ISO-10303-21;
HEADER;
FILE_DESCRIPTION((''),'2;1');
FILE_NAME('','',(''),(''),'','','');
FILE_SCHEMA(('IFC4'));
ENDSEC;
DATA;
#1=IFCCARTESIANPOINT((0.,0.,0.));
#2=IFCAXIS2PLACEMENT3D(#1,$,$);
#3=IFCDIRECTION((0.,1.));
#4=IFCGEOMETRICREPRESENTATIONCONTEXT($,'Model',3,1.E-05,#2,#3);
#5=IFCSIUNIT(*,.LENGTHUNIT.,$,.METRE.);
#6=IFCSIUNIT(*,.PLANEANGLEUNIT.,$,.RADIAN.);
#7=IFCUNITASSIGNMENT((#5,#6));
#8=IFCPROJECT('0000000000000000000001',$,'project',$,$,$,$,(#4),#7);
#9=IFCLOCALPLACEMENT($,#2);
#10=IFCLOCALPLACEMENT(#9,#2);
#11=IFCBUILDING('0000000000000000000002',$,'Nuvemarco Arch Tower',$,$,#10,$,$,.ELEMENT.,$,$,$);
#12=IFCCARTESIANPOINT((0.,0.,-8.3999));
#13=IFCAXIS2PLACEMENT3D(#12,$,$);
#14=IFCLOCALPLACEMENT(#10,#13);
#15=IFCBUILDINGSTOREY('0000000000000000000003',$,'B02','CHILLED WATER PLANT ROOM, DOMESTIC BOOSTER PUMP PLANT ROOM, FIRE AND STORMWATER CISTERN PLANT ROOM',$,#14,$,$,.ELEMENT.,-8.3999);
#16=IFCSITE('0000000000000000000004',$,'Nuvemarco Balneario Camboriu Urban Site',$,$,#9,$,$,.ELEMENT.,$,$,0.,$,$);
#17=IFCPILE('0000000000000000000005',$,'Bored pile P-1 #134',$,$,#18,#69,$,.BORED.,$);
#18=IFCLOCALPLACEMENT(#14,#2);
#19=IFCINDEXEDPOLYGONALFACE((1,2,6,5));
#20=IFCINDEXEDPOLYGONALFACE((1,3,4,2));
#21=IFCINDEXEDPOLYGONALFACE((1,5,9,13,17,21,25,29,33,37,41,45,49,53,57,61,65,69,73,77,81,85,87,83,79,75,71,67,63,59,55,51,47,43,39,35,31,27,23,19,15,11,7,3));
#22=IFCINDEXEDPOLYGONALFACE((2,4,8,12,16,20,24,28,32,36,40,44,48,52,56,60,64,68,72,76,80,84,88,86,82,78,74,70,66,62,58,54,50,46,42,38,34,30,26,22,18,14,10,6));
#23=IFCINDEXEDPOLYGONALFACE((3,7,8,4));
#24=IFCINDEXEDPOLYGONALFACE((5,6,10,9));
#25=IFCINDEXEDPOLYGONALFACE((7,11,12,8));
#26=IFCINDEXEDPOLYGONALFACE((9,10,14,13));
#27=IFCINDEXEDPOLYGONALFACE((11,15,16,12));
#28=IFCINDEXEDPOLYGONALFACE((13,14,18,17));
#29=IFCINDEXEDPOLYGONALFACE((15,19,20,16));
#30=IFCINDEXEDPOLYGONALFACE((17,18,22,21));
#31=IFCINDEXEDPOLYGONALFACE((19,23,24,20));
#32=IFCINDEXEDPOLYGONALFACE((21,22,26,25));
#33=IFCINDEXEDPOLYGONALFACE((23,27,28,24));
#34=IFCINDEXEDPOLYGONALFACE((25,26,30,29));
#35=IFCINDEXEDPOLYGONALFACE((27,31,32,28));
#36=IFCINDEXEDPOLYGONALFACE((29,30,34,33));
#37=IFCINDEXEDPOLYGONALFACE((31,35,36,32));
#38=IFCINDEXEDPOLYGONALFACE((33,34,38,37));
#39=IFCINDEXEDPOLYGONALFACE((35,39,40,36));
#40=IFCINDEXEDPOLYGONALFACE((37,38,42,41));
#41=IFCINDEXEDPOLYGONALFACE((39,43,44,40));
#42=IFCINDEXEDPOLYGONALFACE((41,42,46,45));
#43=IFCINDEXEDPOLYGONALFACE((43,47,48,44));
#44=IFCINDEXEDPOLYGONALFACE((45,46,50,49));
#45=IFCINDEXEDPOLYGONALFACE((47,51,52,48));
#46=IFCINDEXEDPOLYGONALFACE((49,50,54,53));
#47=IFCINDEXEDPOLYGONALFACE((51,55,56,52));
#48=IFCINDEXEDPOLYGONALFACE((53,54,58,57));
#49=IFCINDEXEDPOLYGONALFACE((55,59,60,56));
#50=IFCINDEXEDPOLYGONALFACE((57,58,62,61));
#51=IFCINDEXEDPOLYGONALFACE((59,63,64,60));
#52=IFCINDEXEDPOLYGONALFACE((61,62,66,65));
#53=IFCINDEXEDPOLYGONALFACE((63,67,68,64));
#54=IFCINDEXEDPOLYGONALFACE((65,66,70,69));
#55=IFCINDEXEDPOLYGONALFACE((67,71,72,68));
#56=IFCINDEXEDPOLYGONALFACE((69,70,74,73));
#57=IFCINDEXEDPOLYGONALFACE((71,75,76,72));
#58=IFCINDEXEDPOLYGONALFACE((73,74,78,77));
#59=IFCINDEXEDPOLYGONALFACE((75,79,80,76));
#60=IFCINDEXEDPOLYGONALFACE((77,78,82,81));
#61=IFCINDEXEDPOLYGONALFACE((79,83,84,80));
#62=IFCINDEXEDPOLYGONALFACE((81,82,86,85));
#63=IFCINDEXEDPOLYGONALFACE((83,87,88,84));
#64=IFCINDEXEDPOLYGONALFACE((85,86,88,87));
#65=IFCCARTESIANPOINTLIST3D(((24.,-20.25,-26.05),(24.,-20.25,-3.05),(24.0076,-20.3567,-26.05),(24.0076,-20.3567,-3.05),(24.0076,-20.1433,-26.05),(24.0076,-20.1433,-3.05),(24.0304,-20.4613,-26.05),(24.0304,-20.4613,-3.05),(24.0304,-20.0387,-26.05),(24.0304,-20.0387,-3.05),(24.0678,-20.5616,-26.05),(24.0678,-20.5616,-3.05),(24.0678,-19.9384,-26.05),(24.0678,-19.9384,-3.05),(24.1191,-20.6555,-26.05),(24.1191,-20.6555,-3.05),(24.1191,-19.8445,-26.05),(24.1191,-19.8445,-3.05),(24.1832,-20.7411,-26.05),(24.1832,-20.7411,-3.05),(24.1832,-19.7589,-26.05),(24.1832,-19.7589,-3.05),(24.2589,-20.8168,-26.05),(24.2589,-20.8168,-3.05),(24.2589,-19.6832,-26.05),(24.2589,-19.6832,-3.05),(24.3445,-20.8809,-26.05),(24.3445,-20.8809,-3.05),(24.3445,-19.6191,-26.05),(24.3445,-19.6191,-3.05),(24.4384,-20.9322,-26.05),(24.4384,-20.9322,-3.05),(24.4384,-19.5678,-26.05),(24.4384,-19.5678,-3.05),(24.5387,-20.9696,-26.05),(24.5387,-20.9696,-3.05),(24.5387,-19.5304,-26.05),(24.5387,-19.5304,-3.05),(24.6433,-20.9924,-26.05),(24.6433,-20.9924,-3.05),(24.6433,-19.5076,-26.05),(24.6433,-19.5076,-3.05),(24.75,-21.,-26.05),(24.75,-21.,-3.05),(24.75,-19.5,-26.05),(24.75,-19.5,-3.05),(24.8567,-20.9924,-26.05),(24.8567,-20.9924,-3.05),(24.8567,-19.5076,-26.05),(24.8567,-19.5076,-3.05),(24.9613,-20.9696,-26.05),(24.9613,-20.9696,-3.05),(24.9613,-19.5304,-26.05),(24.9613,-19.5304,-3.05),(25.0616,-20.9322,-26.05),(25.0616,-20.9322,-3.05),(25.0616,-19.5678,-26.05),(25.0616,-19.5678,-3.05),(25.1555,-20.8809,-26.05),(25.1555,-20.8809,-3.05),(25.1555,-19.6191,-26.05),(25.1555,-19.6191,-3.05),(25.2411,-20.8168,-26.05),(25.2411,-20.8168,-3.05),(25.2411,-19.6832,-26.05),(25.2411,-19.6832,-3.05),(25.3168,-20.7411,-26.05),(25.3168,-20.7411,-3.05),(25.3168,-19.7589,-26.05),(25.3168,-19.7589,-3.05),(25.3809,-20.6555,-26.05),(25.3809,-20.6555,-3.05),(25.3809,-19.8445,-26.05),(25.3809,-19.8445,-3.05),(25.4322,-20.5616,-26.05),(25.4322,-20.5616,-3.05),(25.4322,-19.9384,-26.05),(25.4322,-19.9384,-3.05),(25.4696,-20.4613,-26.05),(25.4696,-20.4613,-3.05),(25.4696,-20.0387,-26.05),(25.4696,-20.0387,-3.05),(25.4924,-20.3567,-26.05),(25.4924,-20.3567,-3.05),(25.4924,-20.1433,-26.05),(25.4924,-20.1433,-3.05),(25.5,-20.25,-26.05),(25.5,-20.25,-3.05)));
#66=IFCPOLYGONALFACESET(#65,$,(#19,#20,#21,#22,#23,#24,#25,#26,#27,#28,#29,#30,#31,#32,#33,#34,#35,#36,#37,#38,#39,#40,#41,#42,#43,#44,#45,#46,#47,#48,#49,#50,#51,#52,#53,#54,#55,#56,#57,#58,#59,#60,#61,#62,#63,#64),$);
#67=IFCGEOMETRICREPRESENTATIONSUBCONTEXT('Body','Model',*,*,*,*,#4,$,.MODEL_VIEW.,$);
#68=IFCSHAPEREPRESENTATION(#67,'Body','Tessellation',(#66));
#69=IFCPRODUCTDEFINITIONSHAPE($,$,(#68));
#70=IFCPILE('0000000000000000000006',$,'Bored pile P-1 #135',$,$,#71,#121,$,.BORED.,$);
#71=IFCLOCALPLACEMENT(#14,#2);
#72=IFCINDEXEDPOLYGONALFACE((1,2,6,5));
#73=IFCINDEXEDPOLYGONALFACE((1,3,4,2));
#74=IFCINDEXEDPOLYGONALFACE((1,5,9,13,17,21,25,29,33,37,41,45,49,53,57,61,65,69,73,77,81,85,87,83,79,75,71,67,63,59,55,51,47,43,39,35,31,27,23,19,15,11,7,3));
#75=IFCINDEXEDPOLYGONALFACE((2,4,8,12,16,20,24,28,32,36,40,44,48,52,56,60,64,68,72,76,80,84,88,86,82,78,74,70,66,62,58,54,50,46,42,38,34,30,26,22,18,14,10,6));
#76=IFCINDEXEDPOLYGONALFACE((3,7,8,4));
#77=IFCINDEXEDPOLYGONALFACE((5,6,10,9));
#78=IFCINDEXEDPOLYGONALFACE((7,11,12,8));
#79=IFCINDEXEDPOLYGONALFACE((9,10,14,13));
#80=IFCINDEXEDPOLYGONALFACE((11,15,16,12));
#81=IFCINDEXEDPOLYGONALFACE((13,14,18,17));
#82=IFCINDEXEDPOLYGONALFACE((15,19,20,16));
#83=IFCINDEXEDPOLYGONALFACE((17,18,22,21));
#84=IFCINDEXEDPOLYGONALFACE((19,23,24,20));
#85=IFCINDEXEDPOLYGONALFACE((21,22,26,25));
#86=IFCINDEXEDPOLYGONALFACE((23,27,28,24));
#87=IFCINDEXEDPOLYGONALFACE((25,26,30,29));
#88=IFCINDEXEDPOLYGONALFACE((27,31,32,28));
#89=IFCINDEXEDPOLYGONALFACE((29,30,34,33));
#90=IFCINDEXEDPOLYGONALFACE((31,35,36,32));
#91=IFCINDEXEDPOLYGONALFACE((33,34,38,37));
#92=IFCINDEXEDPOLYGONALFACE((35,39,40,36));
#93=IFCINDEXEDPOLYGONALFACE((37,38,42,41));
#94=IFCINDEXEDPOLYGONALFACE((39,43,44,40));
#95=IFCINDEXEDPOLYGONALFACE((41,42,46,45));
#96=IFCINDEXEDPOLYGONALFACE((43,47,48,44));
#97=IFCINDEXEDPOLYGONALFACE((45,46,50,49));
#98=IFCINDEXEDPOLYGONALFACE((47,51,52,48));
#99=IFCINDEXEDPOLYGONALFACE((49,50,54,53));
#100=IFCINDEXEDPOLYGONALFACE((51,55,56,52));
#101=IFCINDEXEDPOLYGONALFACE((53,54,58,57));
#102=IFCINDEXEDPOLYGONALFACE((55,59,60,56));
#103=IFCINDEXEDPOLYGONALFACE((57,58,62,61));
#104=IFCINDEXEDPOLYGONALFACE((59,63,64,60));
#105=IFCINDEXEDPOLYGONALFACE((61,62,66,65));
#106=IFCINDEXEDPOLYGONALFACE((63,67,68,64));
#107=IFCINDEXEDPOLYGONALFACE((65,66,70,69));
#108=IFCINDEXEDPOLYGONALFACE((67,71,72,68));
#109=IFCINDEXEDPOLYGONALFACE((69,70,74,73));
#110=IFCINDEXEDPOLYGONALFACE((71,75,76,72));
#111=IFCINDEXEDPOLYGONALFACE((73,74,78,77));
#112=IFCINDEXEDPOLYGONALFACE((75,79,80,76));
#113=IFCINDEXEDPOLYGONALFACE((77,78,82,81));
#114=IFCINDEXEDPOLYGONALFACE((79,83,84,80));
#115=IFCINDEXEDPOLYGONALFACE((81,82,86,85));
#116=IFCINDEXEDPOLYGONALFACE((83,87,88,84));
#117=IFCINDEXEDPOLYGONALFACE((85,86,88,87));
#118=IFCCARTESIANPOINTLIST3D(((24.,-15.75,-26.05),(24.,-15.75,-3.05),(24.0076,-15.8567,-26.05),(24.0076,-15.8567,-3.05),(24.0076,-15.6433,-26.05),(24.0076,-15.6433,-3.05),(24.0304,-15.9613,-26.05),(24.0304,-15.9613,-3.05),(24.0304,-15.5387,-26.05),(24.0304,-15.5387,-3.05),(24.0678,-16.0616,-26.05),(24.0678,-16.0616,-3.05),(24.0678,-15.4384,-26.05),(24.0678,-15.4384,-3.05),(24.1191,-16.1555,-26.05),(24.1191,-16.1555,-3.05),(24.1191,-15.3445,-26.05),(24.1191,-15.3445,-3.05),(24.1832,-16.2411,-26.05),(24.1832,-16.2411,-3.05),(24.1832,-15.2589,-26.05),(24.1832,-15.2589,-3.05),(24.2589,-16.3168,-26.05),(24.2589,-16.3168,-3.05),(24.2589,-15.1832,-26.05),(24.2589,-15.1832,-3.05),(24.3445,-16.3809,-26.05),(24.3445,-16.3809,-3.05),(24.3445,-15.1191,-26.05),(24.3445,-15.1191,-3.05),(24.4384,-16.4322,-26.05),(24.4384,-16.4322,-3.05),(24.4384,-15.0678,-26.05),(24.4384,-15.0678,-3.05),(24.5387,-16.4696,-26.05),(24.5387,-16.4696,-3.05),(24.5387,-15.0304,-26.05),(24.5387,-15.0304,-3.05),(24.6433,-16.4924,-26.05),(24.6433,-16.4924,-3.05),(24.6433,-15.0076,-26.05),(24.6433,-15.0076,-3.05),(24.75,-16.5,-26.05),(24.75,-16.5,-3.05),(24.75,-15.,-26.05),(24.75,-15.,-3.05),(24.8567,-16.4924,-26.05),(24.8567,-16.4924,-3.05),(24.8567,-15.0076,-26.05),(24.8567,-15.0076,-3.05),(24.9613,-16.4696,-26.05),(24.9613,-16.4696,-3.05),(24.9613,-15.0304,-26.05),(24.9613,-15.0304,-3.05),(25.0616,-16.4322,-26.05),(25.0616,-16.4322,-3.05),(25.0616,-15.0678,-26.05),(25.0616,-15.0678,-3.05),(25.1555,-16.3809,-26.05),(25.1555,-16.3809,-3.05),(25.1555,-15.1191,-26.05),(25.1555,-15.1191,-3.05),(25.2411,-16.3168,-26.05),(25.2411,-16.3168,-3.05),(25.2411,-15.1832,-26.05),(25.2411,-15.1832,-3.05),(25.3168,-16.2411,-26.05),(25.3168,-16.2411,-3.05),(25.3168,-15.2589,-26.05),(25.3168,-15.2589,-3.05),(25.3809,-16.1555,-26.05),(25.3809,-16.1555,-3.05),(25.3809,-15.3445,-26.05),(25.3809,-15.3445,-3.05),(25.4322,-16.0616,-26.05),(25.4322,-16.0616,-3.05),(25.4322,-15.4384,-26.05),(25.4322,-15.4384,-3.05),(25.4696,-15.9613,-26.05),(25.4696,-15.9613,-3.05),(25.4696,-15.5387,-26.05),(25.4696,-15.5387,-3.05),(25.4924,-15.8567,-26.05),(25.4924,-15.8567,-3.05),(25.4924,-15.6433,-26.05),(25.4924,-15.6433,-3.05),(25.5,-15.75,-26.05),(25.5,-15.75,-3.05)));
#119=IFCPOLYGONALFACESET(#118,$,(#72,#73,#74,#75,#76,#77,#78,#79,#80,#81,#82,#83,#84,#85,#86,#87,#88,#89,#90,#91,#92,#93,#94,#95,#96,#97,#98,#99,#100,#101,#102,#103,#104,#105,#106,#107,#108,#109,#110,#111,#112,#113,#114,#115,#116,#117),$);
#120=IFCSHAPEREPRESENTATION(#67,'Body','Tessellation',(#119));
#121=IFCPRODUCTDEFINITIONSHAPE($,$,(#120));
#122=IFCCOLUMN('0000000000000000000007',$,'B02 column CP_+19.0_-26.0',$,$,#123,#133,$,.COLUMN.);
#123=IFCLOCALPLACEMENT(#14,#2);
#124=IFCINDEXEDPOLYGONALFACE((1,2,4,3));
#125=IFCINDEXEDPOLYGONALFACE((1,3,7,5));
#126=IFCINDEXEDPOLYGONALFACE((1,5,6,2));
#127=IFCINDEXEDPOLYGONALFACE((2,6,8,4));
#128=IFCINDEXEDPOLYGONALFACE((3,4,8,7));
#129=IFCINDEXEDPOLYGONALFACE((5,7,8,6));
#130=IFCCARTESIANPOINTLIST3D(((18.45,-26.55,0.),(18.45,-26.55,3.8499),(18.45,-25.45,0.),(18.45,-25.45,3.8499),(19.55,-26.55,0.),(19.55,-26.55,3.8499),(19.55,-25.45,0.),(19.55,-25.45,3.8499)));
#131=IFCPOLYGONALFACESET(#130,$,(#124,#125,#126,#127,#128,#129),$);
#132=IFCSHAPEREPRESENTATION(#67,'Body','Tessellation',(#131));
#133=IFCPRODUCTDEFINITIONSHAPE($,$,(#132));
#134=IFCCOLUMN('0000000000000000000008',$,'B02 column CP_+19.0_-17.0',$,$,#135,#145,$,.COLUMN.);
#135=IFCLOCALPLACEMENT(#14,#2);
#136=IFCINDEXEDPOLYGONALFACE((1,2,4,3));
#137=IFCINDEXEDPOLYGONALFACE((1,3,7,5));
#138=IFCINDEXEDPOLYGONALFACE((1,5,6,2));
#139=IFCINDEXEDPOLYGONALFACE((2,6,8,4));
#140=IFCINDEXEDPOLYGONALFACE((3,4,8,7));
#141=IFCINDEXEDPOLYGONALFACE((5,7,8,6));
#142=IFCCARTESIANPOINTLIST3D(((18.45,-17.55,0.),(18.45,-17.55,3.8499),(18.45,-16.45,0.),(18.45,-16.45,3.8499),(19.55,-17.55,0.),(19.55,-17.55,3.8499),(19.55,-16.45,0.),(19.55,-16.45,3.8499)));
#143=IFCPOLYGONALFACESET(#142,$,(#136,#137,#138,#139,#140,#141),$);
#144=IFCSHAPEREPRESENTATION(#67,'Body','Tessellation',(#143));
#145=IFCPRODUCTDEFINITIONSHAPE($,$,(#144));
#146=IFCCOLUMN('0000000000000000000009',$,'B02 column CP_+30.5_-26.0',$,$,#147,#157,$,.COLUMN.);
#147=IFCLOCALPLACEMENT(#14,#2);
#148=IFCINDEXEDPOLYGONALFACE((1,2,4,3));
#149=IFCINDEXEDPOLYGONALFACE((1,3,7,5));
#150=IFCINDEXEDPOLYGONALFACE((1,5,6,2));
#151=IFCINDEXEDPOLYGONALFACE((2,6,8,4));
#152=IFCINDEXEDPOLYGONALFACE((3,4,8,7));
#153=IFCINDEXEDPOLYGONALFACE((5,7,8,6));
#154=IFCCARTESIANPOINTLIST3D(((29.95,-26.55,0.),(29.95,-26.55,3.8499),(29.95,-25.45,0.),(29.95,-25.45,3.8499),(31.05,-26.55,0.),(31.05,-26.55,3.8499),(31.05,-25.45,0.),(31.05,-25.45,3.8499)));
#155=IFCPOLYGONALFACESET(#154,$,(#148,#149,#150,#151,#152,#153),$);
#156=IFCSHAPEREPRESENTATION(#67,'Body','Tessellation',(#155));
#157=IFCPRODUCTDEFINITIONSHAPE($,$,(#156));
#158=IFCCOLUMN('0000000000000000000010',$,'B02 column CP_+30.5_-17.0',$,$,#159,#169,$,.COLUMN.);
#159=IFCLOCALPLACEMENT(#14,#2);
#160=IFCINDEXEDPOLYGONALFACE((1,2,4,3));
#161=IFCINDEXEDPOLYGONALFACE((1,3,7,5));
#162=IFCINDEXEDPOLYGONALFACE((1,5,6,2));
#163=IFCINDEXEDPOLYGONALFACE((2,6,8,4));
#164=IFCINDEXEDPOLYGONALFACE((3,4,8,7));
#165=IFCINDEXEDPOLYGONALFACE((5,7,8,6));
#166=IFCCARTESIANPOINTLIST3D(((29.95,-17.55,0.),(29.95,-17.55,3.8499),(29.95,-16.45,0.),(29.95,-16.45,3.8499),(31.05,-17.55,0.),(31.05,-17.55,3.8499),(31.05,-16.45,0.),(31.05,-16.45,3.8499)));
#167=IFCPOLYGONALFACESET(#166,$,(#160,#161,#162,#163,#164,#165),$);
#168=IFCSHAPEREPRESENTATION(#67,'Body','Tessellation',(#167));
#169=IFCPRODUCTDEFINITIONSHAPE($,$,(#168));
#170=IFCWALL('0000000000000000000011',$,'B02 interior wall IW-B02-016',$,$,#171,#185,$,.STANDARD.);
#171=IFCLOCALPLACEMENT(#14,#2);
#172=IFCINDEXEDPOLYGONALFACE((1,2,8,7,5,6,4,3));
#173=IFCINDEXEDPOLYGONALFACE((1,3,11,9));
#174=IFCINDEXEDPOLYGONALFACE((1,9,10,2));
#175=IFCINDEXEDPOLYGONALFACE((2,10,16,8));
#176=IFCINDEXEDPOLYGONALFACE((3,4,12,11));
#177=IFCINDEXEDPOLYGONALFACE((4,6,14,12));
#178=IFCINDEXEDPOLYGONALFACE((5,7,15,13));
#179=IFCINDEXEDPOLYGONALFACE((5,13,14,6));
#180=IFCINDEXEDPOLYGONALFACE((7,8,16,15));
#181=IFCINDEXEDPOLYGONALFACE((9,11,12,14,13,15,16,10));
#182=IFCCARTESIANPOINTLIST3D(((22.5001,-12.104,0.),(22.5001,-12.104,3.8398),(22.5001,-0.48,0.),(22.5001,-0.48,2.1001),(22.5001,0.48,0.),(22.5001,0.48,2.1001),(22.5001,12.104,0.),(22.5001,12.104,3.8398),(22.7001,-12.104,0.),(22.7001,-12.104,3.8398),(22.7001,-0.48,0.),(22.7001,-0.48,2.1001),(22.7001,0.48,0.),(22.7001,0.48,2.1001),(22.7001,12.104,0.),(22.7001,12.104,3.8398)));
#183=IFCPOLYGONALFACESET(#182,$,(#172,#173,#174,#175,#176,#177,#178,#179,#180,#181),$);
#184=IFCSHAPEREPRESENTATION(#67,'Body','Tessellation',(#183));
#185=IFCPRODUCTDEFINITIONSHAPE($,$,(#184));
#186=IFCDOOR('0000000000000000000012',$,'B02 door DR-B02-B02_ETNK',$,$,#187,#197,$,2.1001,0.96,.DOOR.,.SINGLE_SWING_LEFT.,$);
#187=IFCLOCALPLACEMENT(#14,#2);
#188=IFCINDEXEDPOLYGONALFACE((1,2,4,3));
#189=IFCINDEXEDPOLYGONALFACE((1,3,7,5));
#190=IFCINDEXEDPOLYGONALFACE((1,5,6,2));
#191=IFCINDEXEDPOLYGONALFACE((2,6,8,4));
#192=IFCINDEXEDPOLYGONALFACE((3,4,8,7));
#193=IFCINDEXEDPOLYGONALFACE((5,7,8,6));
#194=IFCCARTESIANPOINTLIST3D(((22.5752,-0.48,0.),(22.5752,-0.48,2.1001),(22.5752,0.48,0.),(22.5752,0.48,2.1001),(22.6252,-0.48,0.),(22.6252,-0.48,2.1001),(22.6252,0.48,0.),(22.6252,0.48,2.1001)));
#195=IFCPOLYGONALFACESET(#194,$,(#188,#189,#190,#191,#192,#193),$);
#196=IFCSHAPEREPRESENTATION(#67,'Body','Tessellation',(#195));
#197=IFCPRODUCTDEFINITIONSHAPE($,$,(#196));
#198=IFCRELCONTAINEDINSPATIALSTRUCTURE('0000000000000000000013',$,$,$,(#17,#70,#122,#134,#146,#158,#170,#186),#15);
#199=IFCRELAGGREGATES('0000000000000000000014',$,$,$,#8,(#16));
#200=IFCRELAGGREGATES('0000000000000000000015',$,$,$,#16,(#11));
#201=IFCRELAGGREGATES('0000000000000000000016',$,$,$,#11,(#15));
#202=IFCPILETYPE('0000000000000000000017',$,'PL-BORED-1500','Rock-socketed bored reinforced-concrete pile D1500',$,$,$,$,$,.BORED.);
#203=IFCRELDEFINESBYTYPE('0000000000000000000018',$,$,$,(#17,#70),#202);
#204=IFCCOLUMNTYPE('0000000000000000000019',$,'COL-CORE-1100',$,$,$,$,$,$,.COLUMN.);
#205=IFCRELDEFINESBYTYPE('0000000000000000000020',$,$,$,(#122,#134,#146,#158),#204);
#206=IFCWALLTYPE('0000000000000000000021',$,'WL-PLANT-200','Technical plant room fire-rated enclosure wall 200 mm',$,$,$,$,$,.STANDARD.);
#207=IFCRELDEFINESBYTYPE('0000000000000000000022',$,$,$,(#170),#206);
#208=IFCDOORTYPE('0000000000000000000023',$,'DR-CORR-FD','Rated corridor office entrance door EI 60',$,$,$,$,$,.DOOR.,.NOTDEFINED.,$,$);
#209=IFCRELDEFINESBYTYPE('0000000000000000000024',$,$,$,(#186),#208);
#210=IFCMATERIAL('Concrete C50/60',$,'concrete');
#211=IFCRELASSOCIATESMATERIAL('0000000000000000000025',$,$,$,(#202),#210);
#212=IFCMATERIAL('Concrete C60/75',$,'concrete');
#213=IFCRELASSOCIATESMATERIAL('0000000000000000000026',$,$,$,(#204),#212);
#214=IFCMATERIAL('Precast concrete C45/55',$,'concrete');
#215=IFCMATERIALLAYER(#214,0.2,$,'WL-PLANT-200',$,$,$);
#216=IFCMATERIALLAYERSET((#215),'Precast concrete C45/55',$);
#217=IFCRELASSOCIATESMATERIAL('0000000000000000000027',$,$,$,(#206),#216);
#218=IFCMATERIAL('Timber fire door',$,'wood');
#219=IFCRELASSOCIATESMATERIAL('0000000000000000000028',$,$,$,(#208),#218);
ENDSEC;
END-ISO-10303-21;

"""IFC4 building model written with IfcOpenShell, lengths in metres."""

from ifc_helpers import new_model, si_unit, direction, frame, frame_2d, origin, origin_2d, place, context, subcontext, project, spatial, rectangle, circle, extrude, source, transform, mapped, material, layer, layer_set, material_profile, profile_set, type_object, type_shapes, element, fill, save


model = new_model("IFC4")

# Units and contexts
model_context = context("Model", 3, precision=1e-05, world=origin(), true_north=direction((0.0, 1.0)))
body_context = subcontext(model_context, "Body", "Model", "MODEL_VIEW")
ifc_project = project(units=[si_unit("LENGTHUNIT", "METRE"), si_unit("PLANEANGLEUNIT", "RADIAN")], contexts=[model_context])

# Site, building, storey
site_placement = place(None, origin())
site = spatial("IfcSite", under=ifc_project, at=site_placement, Name="Nuvemarco Balneario Camboriu Urban Site", CompositionType="ELEMENT", RefElevation=0.0)
building_placement = place(site_placement, origin())
building = spatial("IfcBuilding", under=site, at=building_placement, Name="Nuvemarco Arch Tower", CompositionType="ELEMENT")
storey_placement = place(building_placement, frame((0.0, 0.0, -8.3999)))
storey = spatial("IfcBuildingStorey", under=building, at=storey_placement, Name="B02", Description="CHILLED WATER PLANT ROOM, DOMESTIC BOOSTER PUMP PLANT ROOM, FIRE AND STORMWATER CISTERN PLANT ROOM", CompositionType="ELEMENT", Elevation=-8.3999)

# Piles
ifc_material_1 = material(Name="Concrete C50/60", Category="concrete")
ifc_material_profile_1 = material_profile(ifc_material_1, circle(Radius=0.75, at=origin_2d()), Name="PILE-D1500")
ifc_profile_set_1 = profile_set([ifc_material_profile_1], Name="Concrete C50/60")
pile_type = type_object("IfcPileType", Name="PL-BORED-1500", Description="Rock-socketed bored reinforced-concrete pile D1500", PredefinedType="BORED", material=ifc_profile_set_1)
for number, where, z_axis, x_axis, name in (
    (1, (24.75, -20.25, -3.05), (0.0, 0.0, -1.0), (1.0, 0.0, 0.0), "Bored pile P-1 #134"),
    (2, (24.75, -15.75, -3.05), (0.0, 0.0, -1.0), (1.0, 0.0, 0.0), "Bored pile P-1 #135"),
):
    element("IfcPile", number, at=place(storey_placement, frame(where, z_axis=z_axis, x_axis=x_axis)), inside=storey, type_object=pile_type, Name=name, PredefinedType="BORED", context=body_context, shape_type="SweptSolid", body=[
        extrude(circle(Radius=0.75, at=origin_2d()), origin(), (0.0, 0.0, 1.0), 23.0),
    ])

# Columns
ifc_material_2 = material(Name="Concrete C60/75", Category="concrete")
ifc_material_profile_2 = material_profile(ifc_material_2, rectangle(XDim=1.1001, YDim=1.1001, at=origin_2d()), Name="RC-COL-1100x1100")
ifc_profile_set_2 = profile_set([ifc_material_profile_2], Name="Concrete C60/75")
column_type = type_object("IfcColumnType", Name="COL-CORE-1100", PredefinedType="COLUMN", material=ifc_profile_set_2)
for number, where, z_axis, x_axis, name in (
    (3, (19.0, -26.0, 0.0), (0.0, 0.0, 1.0), (1.0, 0.0, 0.0), "B02 column CP_+19.0_-26.0"),
    (4, (19.0, -17.0, 0.0), (0.0, 0.0, 1.0), (1.0, 0.0, 0.0), "B02 column CP_+19.0_-17.0"),
    (5, (30.5, -26.0, 0.0), (0.0, 0.0, 1.0), (1.0, 0.0, 0.0), "B02 column CP_+30.5_-26.0"),
    (6, (30.5, -17.0, 0.0), (0.0, 0.0, 1.0), (1.0, 0.0, 0.0), "B02 column CP_+30.5_-17.0"),
):
    element("IfcColumn", number, at=place(storey_placement, frame(where, z_axis=z_axis, x_axis=x_axis)), inside=storey, type_object=column_type, Name=name, PredefinedType="COLUMN", context=body_context, shape_type="SweptSolid", body=[
        extrude(rectangle(XDim=1.1001, YDim=1.1001, at=origin_2d()), origin(), (0.0, 0.0, 1.0), 3.8499),
    ])

# Wall, opening, door
ifc_material_3 = material(Name="Precast concrete C45/55", Category="concrete")
ifc_layer_1 = layer(ifc_material_3, 0.2, Name="WL-PLANT-200")
ifc_layer_set_1 = layer_set([ifc_layer_1], Name="Precast concrete C45/55")
wall_type_1 = type_object("IfcWallType", Name="WL-PLANT-200", Description="Technical plant room fire-rated enclosure wall 200 mm", PredefinedType="STANDARD", material=ifc_layer_set_1)
wall_1_placement = place(storey_placement, frame((22.6001, -12.104, 0.0), z_axis=(0.0, 0.0, 1.0), x_axis=(0.0, 1.0, 0.0)))
wall_1 = element("IfcWall", 7, at=wall_1_placement, inside=storey, type_object=wall_type_1, Name="B02 interior wall IW-B02-016", PredefinedType="STANDARD", context=body_context, shape_type="SweptSolid", body=[
    extrude(rectangle(XDim=24.208, YDim=0.2, at=frame_2d((12.104, 0.0))), origin(), (0.0, 0.0, 1.0), 3.8398),
])
opening_placement = place(wall_1_placement, frame((11.624, 0.0, 0.0)))
opening = element("IfcOpeningElement", 8, at=opening_placement, cuts=wall_1, PredefinedType="OPENING", context=body_context, shape_type="SweptSolid", body=[
    extrude(rectangle(XDim=0.96, YDim=2.1001, at=frame_2d((0.48, 1.05))), frame((0.0, 0.1099, 0.0), z_axis=(0.0, -1.0, 0.0), x_axis=(1.0, 0.0, 0.0)), (0.0, 0.0, 1.0), 0.22),
])
ifc_material_4 = material(Name="Timber fire door", Category="wood")
door_type = type_object("IfcDoorType", Name="DR-CORR-FD", Description="Rated corridor office entrance door EI 60", OperationType="NOTDEFINED", PredefinedType="DOOR", material=ifc_material_4)
shared_shape = source(origin(), body_context, "Body", "SweptSolid", [
    extrude(rectangle(XDim=0.96, YDim=2.1001, at=frame_2d((0.48, 1.05))), frame((0.0, 0.0249, 0.0), z_axis=(0.0, -1.0, 0.0), x_axis=(1.0, 0.0, 0.0)), (0.0, 0.0, 1.0), 0.05),
])
type_shapes(door_type, [shared_shape])
door_placement = place(opening_placement, origin())
door = element("IfcDoor", 9, at=door_placement, inside=storey, type_object=door_type, Name="B02 door DR-B02-B02_ETNK", OperationType="SINGLE_SWING_LEFT", OverallHeight=2.1001, OverallWidth=0.96, PredefinedType="DOOR", context=body_context, shape_type="MappedRepresentation", body=[
    mapped(shared_shape, transform((0.0, 0.0, 0.0), scale=1.0)),
])
fill(opening, door)

save(model, "model.ifc")
